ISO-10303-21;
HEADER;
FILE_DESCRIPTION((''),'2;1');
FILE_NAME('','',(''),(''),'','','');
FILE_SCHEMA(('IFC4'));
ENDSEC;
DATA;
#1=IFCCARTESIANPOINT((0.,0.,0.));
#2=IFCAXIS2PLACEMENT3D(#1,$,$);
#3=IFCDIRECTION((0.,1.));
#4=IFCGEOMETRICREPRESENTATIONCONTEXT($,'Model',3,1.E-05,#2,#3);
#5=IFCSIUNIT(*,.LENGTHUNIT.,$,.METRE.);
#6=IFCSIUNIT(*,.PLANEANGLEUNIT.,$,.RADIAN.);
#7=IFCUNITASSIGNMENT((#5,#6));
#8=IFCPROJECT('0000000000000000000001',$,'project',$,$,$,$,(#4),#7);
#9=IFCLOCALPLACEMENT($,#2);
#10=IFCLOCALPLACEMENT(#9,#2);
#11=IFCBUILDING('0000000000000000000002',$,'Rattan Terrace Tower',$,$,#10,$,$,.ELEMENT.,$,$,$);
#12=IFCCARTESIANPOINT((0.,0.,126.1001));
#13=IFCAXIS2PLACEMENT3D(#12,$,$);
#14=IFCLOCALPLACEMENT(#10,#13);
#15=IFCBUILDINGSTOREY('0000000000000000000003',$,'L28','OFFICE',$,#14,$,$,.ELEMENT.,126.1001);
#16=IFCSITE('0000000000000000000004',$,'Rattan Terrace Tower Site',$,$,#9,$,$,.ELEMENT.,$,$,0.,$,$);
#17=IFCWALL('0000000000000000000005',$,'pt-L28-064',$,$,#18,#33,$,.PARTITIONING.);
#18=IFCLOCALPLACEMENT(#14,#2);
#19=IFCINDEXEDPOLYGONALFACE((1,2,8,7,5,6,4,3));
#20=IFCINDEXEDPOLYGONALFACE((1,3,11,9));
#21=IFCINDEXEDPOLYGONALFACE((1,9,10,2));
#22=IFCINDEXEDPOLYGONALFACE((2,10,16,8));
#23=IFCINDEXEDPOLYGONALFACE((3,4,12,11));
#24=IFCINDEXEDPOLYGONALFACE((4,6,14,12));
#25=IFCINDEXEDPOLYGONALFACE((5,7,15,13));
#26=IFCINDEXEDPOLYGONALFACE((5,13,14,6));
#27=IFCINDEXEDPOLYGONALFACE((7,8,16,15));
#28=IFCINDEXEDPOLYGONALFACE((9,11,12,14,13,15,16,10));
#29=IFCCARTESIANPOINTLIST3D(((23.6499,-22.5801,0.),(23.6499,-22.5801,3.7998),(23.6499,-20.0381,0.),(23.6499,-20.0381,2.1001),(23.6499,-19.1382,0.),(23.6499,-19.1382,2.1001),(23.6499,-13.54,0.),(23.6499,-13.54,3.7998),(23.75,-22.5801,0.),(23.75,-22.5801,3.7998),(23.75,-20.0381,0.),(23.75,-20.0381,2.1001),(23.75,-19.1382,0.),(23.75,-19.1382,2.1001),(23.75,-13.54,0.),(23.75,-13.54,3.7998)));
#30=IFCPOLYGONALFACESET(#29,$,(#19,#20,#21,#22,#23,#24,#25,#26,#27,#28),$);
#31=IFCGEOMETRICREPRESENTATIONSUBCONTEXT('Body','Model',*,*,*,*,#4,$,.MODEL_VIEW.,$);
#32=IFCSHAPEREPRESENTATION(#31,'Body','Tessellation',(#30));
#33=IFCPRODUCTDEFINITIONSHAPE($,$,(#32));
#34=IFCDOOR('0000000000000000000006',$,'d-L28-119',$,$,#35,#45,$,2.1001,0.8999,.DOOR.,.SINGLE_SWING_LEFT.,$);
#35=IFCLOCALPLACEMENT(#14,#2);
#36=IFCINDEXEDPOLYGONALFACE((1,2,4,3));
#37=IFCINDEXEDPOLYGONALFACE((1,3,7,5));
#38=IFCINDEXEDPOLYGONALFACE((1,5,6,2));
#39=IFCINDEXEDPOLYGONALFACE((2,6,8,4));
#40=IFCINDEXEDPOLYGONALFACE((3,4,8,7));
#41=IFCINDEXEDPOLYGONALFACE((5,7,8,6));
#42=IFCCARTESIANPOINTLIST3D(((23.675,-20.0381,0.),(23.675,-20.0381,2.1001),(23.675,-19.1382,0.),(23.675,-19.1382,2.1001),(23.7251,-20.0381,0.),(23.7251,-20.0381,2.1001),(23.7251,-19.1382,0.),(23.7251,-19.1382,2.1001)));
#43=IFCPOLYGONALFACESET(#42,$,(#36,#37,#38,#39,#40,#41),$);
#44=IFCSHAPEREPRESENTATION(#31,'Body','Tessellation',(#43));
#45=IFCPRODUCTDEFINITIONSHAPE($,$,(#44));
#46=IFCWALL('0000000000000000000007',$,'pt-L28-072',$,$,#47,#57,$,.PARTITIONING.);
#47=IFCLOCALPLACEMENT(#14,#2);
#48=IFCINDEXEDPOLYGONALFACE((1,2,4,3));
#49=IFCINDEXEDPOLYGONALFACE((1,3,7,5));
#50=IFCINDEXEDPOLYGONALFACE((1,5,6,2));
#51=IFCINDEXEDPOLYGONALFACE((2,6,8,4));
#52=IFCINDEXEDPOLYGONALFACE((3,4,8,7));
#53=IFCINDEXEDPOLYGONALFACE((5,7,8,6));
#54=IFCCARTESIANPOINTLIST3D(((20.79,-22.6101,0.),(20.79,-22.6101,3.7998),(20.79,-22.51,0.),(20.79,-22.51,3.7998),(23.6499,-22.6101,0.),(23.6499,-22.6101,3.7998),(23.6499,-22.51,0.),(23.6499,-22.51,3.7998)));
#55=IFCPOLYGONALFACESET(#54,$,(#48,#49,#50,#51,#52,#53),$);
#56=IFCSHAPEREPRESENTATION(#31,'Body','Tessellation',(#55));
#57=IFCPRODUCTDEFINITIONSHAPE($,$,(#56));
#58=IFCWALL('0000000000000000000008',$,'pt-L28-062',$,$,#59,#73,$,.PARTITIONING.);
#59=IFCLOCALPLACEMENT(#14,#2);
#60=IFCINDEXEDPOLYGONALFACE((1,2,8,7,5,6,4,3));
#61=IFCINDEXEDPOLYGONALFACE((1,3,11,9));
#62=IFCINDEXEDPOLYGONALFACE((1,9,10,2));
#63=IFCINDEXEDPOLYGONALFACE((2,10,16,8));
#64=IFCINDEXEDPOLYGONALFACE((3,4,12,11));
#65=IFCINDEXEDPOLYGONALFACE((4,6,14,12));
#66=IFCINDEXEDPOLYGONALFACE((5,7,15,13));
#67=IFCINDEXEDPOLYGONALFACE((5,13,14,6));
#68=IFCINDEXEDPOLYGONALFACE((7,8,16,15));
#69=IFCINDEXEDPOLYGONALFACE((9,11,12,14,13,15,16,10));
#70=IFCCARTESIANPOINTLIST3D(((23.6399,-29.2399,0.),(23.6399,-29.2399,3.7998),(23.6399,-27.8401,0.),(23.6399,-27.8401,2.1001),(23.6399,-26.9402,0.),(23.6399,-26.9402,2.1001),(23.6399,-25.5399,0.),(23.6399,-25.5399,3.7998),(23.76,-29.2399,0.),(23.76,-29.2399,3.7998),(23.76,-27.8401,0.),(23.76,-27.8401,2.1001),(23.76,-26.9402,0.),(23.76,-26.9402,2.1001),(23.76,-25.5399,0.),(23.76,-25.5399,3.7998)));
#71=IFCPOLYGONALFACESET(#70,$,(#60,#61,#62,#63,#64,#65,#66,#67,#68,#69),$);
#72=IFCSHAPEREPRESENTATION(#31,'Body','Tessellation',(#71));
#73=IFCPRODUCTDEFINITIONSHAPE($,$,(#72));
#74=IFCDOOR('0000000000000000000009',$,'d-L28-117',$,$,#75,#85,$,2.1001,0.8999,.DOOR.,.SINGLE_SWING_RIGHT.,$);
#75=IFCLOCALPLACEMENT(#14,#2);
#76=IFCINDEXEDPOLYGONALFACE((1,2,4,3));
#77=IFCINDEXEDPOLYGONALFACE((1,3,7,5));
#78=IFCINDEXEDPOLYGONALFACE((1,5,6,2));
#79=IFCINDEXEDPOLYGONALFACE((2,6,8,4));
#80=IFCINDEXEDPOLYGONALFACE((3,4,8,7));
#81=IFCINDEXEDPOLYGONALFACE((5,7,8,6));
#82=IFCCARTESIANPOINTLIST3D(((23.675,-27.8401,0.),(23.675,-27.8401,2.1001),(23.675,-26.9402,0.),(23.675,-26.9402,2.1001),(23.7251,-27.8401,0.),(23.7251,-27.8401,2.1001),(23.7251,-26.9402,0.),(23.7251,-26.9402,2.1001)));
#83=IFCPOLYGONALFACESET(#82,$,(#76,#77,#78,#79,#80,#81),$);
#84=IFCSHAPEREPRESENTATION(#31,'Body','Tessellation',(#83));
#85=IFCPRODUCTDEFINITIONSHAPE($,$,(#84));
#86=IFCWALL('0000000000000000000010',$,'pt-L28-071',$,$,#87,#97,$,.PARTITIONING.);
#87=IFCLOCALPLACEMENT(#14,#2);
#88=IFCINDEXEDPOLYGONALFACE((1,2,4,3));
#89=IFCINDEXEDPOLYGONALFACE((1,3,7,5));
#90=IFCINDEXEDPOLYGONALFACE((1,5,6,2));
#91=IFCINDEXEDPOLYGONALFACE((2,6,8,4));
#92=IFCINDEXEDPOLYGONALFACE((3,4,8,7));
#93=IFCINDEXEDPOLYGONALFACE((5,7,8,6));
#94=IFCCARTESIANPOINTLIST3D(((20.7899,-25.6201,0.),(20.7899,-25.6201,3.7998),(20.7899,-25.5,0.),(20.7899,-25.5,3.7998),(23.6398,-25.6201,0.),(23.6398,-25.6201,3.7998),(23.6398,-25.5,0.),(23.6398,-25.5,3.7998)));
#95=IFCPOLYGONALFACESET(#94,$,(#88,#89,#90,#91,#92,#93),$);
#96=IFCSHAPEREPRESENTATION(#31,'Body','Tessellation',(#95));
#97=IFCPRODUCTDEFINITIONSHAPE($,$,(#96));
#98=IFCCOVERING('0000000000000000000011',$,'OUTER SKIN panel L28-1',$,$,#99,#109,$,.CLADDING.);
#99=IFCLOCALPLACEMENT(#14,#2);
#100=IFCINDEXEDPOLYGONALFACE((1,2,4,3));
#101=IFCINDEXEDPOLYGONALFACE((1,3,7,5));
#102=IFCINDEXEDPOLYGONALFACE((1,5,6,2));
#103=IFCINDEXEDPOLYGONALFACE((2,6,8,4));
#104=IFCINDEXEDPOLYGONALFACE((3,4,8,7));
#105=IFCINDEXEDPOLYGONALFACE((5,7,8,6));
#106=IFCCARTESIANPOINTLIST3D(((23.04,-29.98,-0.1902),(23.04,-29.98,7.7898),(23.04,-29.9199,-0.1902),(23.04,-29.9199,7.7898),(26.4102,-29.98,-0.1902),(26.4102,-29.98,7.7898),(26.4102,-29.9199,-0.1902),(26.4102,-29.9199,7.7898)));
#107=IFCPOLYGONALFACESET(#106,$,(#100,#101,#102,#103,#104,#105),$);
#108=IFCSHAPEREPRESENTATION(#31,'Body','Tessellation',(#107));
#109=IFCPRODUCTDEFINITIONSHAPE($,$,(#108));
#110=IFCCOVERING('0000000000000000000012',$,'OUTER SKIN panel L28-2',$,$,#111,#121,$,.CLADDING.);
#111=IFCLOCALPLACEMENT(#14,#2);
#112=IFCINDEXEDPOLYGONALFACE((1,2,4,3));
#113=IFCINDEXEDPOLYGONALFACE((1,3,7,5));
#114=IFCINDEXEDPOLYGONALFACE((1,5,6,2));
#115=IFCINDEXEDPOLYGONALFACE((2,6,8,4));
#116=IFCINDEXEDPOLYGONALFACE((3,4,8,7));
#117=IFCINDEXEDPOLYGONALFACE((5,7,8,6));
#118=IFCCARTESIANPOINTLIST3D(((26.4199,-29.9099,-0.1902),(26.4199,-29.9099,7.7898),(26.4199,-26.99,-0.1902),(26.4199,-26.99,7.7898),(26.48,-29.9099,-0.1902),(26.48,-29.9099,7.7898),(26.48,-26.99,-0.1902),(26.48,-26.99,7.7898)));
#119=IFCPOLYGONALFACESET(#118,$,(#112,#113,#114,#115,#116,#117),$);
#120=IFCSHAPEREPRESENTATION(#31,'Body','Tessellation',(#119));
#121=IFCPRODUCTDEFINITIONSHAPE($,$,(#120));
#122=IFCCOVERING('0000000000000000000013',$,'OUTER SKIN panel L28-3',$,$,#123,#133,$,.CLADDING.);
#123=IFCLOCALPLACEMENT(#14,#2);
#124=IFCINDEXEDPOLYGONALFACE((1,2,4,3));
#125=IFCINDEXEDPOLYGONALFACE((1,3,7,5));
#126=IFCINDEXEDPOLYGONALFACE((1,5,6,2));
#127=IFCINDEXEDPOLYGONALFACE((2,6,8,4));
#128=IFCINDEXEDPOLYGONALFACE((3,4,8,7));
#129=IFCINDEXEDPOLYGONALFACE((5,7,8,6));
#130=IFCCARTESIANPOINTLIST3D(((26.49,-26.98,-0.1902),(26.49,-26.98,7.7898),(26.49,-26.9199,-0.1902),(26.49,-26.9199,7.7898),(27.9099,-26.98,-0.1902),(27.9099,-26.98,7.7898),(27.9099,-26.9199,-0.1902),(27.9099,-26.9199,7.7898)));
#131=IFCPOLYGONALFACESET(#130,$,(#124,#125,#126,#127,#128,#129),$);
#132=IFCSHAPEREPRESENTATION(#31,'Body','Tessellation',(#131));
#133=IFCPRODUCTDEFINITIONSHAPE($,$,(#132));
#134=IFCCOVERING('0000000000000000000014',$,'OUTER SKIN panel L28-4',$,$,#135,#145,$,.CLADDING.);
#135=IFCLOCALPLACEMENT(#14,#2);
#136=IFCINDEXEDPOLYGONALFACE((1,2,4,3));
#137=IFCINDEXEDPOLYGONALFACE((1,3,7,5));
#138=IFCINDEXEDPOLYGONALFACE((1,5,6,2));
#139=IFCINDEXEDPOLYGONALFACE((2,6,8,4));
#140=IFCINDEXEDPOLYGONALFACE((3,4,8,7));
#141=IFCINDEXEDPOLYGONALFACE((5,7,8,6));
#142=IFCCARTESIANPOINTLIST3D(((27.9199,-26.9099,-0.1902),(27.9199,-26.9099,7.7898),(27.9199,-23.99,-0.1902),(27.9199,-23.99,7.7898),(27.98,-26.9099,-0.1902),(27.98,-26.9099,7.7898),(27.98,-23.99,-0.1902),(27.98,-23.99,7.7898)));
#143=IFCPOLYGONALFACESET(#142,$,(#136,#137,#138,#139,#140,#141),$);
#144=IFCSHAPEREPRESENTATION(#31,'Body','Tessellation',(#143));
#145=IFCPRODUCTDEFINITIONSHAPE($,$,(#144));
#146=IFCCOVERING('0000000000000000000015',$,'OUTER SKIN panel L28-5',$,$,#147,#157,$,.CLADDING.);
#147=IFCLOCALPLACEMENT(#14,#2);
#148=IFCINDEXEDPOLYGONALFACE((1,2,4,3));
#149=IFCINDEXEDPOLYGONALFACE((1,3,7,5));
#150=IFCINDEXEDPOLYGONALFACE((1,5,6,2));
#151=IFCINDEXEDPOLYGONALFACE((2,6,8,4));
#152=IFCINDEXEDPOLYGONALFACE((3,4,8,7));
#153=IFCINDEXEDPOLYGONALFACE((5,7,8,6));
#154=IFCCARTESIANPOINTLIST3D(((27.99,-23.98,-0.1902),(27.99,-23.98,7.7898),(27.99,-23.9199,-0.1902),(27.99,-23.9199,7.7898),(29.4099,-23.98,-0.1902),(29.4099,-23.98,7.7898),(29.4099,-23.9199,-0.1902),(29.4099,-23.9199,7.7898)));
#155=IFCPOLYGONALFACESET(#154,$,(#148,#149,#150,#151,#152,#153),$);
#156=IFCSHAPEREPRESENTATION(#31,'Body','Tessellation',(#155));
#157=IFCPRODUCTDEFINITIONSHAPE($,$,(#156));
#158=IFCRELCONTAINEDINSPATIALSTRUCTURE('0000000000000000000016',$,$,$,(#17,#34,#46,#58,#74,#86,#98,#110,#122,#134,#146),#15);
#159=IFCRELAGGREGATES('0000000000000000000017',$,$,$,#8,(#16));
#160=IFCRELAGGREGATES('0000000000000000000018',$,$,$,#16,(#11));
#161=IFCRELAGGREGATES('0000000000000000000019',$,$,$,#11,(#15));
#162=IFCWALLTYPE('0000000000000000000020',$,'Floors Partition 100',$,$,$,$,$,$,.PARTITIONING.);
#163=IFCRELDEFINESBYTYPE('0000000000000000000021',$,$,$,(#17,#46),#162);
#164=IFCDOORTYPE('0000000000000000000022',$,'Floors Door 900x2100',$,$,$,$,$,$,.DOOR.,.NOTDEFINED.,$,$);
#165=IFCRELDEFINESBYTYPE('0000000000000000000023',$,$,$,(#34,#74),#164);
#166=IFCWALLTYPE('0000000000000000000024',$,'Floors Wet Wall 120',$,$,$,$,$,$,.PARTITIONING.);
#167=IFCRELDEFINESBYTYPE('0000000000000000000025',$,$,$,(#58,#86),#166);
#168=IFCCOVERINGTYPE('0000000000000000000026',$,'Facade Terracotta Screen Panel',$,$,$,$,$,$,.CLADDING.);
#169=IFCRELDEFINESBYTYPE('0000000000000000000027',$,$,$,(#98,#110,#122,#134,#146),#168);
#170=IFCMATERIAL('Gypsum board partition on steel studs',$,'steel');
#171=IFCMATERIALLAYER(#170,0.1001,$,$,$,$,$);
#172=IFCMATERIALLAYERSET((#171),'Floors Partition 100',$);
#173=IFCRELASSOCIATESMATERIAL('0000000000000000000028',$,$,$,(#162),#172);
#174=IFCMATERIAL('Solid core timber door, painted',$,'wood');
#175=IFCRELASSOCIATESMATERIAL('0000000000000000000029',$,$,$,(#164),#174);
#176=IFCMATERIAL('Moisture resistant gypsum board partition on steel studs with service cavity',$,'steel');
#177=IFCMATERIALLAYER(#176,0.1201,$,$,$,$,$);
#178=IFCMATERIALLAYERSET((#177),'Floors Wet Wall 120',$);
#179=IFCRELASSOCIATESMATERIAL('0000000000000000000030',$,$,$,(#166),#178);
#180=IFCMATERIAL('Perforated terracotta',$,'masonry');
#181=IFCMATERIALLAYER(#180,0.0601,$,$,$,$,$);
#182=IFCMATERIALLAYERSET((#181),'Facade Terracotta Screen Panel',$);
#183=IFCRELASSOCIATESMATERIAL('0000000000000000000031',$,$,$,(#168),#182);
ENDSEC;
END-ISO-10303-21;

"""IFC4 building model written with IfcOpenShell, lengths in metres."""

from ifc_helpers import new_model, si_unit, direction, frame, frame_2d, origin, origin_2d, place, context, subcontext, project, spatial, rectangle, extrude, material, layer, layer_set, type_object, element, fill, save


model = new_model("IFC4")

# Units and contexts
model_context = context("Model", 3, precision=1e-05, world=origin(), true_north=direction((0.0, 1.0)))
body_context = subcontext(model_context, "Body", "Model", "MODEL_VIEW")
ifc_project = project(units=[si_unit("LENGTHUNIT", "METRE"), si_unit("PLANEANGLEUNIT", "RADIAN")], contexts=[model_context])

# Site, building, storey
site_placement = place(None, origin())
site = spatial("IfcSite", under=ifc_project, at=site_placement, Name="Rattan Terrace Tower Site", CompositionType="ELEMENT", RefElevation=0.0)
building_placement = place(site_placement, origin())
building = spatial("IfcBuilding", under=site, at=building_placement, Name="Rattan Terrace Tower", CompositionType="ELEMENT")
storey_placement = place(building_placement, frame((0.0, 0.0, 126.1001)))
storey = spatial("IfcBuildingStorey", under=building, at=storey_placement, Name="L28", Description="OFFICE", CompositionType="ELEMENT", Elevation=126.1001)

# Wall, opening, door
ifc_material_1 = material(Name="Gypsum board partition on steel studs", Category="steel")
ifc_layer_1 = layer(ifc_material_1, 0.1001)
ifc_layer_set_1 = layer_set([ifc_layer_1], Name="Floors Partition 100")
wall_type_1 = type_object("IfcWallType", Name="Floors Partition 100", PredefinedType="PARTITIONING", material=ifc_layer_set_1)
wall_1_placement = place(storey_placement, frame((23.7, -22.5801, 0.0), z_axis=(0.0, 0.0, 1.0), x_axis=(0.0, 1.0, 0.0)))
wall_1 = element("IfcWall", 1, at=wall_1_placement, inside=storey, type_object=wall_type_1, Name="pt-L28-064", PredefinedType="PARTITIONING", context=body_context, shape_type="SweptSolid", body=[
    extrude(rectangle(XDim=9.04, YDim=0.1001, at=frame_2d((4.52, 0.0))), origin(), (0.0, 0.0, 1.0), 3.7998),
])
opening_1_placement = place(wall_1_placement, frame((2.542, 0.0, 0.0)))
opening_1 = element("IfcOpeningElement", 2, at=opening_1_placement, cuts=wall_1, PredefinedType="OPENING", context=body_context, shape_type="SweptSolid", body=[
    extrude(rectangle(XDim=0.8999, YDim=2.1001, at=frame_2d((0.45, 1.05))), frame((0.0, 0.0605, 0.0), z_axis=(0.0, -1.0, 0.0), x_axis=(1.0, 0.0, 0.0)), (0.0, 0.0, 1.0), 0.1211),
])
ifc_material_2 = material(Name="Solid core timber door, painted", Category="wood")
door_type_1 = type_object("IfcDoorType", Name="Floors Door 900x2100", OperationType="NOTDEFINED", PredefinedType="DOOR", material=ifc_material_2)
door_1_placement = place(opening_1_placement, origin())
door_1 = element("IfcDoor", 3, at=door_1_placement, inside=storey, type_object=door_type_1, Name="d-L28-119", OperationType="SINGLE_SWING_LEFT", OverallHeight=2.1001, OverallWidth=0.8999, PredefinedType="DOOR", context=body_context, shape_type="SweptSolid", body=[
    extrude(rectangle(XDim=0.8999, YDim=2.1001, at=frame_2d((0.45, 1.05))), frame((0.0, 0.0249, 0.0), z_axis=(0.0, -1.0, 0.0), x_axis=(1.0, 0.0, 0.0)), (0.0, 0.0, 1.0), 0.05),
])
fill(opening_1, door_1)

# Wall
wall_2_placement = place(storey_placement, frame((20.79, -22.5601, 0.0), z_axis=(0.0, 0.0, 1.0), x_axis=(1.0, 0.0, 0.0)))
element("IfcWall", 4, at=wall_2_placement, inside=storey, type_object=wall_type_1, Name="pt-L28-072", PredefinedType="PARTITIONING", context=body_context, shape_type="SweptSolid", body=[
    extrude(rectangle(XDim=2.8599, YDim=0.1001, at=frame_2d((1.4299, 0.0))), origin(), (0.0, 0.0, 1.0), 3.7998),
])

# Wall, opening, door
ifc_material_3 = material(Name="Moisture resistant gypsum board partition on steel studs with service cavity", Category="steel")
ifc_layer_2 = layer(ifc_material_3, 0.1201)
ifc_layer_set_2 = layer_set([ifc_layer_2], Name="Floors Wet Wall 120")
wall_type_2 = type_object("IfcWallType", Name="Floors Wet Wall 120", PredefinedType="PARTITIONING", material=ifc_layer_set_2)
wall_3_placement = place(storey_placement, frame((23.7, -29.24, 0.0), z_axis=(0.0, 0.0, 1.0), x_axis=(0.0, 1.0, 0.0)))
wall_3 = element("IfcWall", 5, at=wall_3_placement, inside=storey, type_object=wall_type_2, Name="pt-L28-062", PredefinedType="PARTITIONING", context=body_context, shape_type="SweptSolid", body=[
    extrude(rectangle(XDim=3.7, YDim=0.1201, at=frame_2d((1.8501, 0.0))), origin(), (0.0, 0.0, 1.0), 3.7998),
])
opening_2_placement = place(wall_3_placement, frame((1.3999, 0.0, 0.0)))
opening_2 = element("IfcOpeningElement", 6, at=opening_2_placement, cuts=wall_3, PredefinedType="OPENING", context=body_context, shape_type="SweptSolid", body=[
    extrude(rectangle(XDim=0.8999, YDim=2.1001, at=frame_2d((0.45, 1.05))), frame((0.0, 0.0706, 0.0), z_axis=(0.0, -1.0, 0.0), x_axis=(1.0, 0.0, 0.0)), (0.0, 0.0, 1.0), 0.1411),
])
door_2_placement = place(opening_2_placement, origin())
door_2 = element("IfcDoor", 7, at=door_2_placement, inside=storey, type_object=door_type_1, Name="d-L28-117", OperationType="SINGLE_SWING_RIGHT", OverallHeight=2.1001, OverallWidth=0.8999, PredefinedType="DOOR", context=body_context, shape_type="SweptSolid", body=[
    extrude(rectangle(XDim=0.8999, YDim=2.1001, at=frame_2d((0.45, 1.05))), frame((0.0, 0.0249, 0.0), z_axis=(0.0, -1.0, 0.0), x_axis=(1.0, 0.0, 0.0)), (0.0, 0.0, 1.0), 0.05),
])
fill(opening_2, door_2)

# Wall
wall_4_placement = place(storey_placement, frame((20.79, -25.5601, 0.0), z_axis=(0.0, 0.0, 1.0), x_axis=(1.0, 0.0, 0.0)))
element("IfcWall", 8, at=wall_4_placement, inside=storey, type_object=wall_type_2, Name="pt-L28-071", PredefinedType="PARTITIONING", context=body_context, shape_type="SweptSolid", body=[
    extrude(rectangle(XDim=2.8499, YDim=0.1201, at=frame_2d((1.4248, 0.0))), origin(), (0.0, 0.0, 1.0), 3.7998),
])

# Coverings
ifc_material_4 = material(Name="Perforated terracotta", Category="masonry")
ifc_layer_3 = layer(ifc_material_4, 0.0601)
ifc_layer_set_3 = layer_set([ifc_layer_3], Name="Facade Terracotta Screen Panel")
covering_type = type_object("IfcCoveringType", Name="Facade Terracotta Screen Panel", PredefinedType="CLADDING", material=ifc_layer_set_3)
covering_1_placement = place(storey_placement, frame((24.7251, -29.95, -0.1902), z_axis=(0.0, 0.0, 1.0), x_axis=(1.0, 0.0, 0.0)))
element("IfcCovering", 9, at=covering_1_placement, inside=storey, type_object=covering_type, Name="OUTER SKIN panel L28-1", PredefinedType="CLADDING", context=body_context, shape_type="SweptSolid", body=[
    extrude(rectangle(XDim=3.3701, YDim=0.0601, at=origin_2d()), origin(), (0.0, 0.0, 1.0), 7.98),
])
covering_2_placement = place(storey_placement, frame((26.45, -28.45, -0.1902), z_axis=(0.0, 0.0, 1.0), x_axis=(0.0, 1.0, 0.0)))
element("IfcCovering", 10, at=covering_2_placement, inside=storey, type_object=covering_type, Name="OUTER SKIN panel L28-2", PredefinedType="CLADDING", context=body_context, shape_type="SweptSolid", body=[
    extrude(rectangle(XDim=2.9199, YDim=0.0601, at=origin_2d()), origin(), (0.0, 0.0, 1.0), 7.98),
])
covering_3_placement = place(storey_placement, frame((27.2, -26.95, -0.1902), z_axis=(0.0, 0.0, 1.0), x_axis=(1.0, 0.0, 0.0)))
element("IfcCovering", 11, at=covering_3_placement, inside=storey, type_object=covering_type, Name="OUTER SKIN panel L28-3", PredefinedType="CLADDING", context=body_context, shape_type="SweptSolid", body=[
    extrude(rectangle(XDim=1.4199, YDim=0.0601, at=origin_2d()), origin(), (0.0, 0.0, 1.0), 7.98),
])
covering_4_placement = place(storey_placement, frame((27.95, -25.45, -0.1902), z_axis=(0.0, 0.0, 1.0), x_axis=(0.0, 1.0, 0.0)))
element("IfcCovering", 12, at=covering_4_placement, inside=storey, type_object=covering_type, Name="OUTER SKIN panel L28-4", PredefinedType="CLADDING", context=body_context, shape_type="SweptSolid", body=[
    extrude(rectangle(XDim=2.9199, YDim=0.0601, at=origin_2d()), origin(), (0.0, 0.0, 1.0), 7.98),
])
covering_5_placement = place(storey_placement, frame((28.7, -23.95, -0.1902), z_axis=(0.0, 0.0, 1.0), x_axis=(1.0, 0.0, 0.0)))
element("IfcCovering", 13, at=covering_5_placement, inside=storey, type_object=covering_type, Name="OUTER SKIN panel L28-5", PredefinedType="CLADDING", context=body_context, shape_type="SweptSolid", body=[
    extrude(rectangle(XDim=1.4199, YDim=0.0601, at=origin_2d()), origin(), (0.0, 0.0, 1.0), 7.98),
])

save(model, "model.ifc")
